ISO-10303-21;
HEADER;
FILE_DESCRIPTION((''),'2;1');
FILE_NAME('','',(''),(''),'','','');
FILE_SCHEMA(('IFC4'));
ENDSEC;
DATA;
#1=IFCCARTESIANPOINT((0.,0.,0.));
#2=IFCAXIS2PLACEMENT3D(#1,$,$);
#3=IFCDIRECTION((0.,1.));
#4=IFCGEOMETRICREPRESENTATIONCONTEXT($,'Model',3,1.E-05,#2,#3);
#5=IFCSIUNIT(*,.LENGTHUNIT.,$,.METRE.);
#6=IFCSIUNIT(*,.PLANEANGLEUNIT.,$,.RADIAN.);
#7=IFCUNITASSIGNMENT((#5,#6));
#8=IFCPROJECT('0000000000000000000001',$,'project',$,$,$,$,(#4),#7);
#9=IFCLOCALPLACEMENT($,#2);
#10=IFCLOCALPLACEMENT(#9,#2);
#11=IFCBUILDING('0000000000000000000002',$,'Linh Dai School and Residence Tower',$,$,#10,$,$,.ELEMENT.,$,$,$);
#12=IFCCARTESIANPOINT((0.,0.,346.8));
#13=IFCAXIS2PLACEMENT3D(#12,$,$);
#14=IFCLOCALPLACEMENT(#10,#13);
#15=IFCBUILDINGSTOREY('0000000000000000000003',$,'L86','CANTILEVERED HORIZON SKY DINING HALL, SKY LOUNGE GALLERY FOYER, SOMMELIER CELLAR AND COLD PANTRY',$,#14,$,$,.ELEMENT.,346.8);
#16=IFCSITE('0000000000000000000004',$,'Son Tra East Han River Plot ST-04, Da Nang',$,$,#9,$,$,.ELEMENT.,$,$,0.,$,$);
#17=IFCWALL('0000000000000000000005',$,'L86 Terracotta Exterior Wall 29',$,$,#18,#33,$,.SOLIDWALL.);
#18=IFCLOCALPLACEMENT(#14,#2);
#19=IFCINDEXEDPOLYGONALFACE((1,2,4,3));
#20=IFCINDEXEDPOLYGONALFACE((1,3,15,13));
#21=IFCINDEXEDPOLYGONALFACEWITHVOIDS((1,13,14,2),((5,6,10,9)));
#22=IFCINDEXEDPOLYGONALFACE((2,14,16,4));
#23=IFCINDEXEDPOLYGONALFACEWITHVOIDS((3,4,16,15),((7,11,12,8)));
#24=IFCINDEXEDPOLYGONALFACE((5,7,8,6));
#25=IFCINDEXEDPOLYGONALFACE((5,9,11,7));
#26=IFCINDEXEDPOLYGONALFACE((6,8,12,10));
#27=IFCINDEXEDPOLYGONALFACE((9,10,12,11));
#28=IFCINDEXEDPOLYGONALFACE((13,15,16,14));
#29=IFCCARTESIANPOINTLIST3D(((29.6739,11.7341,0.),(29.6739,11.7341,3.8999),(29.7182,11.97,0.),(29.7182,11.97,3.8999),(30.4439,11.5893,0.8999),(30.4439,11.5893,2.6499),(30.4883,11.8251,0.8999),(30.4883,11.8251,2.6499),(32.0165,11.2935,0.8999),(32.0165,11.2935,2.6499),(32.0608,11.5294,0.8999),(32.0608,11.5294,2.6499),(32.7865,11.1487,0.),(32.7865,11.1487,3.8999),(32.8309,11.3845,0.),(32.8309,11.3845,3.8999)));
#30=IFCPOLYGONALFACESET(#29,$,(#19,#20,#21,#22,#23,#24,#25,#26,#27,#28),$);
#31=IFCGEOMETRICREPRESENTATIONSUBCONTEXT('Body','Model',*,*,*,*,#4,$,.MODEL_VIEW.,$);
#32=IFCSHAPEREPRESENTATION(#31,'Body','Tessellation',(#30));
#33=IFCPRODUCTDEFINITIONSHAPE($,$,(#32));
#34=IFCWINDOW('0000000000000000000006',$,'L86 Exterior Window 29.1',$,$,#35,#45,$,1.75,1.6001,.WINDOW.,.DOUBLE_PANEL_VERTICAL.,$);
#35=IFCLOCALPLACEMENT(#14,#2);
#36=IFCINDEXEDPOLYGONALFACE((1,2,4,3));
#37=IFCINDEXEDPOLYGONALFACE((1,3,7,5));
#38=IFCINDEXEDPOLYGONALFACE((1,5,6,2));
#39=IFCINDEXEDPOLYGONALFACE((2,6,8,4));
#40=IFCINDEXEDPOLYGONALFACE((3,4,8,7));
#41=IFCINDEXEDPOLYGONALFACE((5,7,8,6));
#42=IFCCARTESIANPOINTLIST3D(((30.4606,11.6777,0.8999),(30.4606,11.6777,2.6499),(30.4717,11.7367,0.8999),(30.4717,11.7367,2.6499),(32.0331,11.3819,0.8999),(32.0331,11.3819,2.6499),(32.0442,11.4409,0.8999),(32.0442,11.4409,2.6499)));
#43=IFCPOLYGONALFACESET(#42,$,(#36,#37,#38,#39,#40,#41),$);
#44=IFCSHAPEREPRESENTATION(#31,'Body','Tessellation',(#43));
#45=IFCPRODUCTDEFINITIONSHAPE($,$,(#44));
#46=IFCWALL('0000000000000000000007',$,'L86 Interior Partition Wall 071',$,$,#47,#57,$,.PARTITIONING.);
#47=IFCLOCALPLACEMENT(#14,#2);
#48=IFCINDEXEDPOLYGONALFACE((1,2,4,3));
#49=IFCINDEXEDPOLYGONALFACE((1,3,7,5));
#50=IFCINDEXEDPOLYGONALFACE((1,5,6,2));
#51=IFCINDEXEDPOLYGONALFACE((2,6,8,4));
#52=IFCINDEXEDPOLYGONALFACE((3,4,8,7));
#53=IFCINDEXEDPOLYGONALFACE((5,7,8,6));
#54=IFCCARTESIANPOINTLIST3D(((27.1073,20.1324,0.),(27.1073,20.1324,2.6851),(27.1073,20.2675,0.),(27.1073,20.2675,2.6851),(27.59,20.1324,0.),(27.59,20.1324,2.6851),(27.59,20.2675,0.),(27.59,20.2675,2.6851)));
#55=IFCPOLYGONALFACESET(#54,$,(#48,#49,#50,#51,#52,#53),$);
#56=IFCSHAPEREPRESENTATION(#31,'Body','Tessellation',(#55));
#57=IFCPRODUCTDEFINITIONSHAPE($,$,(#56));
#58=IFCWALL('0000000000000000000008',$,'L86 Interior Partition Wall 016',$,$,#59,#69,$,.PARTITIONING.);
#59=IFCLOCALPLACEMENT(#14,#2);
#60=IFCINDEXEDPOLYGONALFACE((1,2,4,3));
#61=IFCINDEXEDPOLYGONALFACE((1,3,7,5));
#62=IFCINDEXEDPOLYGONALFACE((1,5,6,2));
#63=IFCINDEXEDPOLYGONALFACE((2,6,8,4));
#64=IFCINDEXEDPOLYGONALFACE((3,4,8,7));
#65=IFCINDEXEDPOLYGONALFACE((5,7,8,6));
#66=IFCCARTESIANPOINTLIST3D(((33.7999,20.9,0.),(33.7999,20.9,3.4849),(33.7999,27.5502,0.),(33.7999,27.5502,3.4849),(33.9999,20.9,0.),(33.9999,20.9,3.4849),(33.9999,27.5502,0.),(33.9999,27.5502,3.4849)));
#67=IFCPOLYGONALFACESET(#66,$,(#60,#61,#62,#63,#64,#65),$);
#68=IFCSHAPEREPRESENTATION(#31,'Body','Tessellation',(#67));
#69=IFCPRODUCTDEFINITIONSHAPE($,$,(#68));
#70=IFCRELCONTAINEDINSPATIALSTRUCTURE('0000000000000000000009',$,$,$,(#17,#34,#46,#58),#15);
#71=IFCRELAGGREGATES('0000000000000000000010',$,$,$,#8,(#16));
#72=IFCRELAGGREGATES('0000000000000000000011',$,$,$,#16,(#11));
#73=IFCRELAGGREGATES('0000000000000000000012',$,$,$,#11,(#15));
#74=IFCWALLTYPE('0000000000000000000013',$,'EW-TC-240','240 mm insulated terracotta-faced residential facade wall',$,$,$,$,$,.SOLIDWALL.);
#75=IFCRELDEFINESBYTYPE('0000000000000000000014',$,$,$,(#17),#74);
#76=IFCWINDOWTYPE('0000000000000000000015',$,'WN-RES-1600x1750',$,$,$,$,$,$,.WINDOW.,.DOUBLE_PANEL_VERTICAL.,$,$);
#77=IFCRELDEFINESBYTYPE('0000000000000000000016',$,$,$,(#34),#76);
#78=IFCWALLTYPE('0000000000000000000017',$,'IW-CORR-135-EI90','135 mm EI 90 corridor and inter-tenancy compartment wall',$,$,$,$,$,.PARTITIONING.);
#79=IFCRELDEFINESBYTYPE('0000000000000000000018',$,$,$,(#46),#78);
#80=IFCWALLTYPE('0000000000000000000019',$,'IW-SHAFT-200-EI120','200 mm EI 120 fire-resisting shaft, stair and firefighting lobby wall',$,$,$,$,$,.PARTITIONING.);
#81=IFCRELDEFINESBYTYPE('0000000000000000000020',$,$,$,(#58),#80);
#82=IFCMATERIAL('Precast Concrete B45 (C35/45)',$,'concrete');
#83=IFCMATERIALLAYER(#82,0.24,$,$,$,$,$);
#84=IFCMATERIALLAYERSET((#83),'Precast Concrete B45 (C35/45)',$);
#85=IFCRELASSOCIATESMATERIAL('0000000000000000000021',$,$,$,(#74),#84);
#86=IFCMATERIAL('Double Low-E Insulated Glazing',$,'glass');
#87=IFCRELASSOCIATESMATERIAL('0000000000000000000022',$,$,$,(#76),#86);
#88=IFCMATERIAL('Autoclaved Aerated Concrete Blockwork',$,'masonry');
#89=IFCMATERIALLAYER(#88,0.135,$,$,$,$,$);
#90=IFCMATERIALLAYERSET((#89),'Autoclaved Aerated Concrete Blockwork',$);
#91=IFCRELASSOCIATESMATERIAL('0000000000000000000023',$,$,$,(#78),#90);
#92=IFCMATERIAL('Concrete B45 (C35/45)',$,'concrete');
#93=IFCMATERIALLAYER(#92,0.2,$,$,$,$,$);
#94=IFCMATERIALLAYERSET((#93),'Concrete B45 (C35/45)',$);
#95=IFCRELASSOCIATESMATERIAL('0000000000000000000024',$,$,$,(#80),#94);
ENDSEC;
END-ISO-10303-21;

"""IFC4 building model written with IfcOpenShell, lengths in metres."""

from ifc_helpers import new_model, si_unit, direction, frame, frame_2d, origin, origin_2d, place, context, subcontext, project, spatial, rectangle, extrude, source, transform, mapped, material, layer, layer_set, type_object, element, fill, save


model = new_model("IFC4")

# Units and contexts
model_context = context("Model", 3, precision=1e-05, world=origin(), true_north=direction((0.0, 1.0)))
body_context = subcontext(model_context, "Body", "Model", "MODEL_VIEW")
ifc_project = project(units=[si_unit("LENGTHUNIT", "METRE"), si_unit("PLANEANGLEUNIT", "RADIAN")], contexts=[model_context])

# Site, building, storey
site_placement = place(None, origin())
site = spatial("IfcSite", under=ifc_project, at=site_placement, Name="Son Tra East Han River Plot ST-04, Da Nang", CompositionType="ELEMENT", RefElevation=0.0)
building_placement = place(site_placement, origin())
building = spatial("IfcBuilding", under=site, at=building_placement, Name="Linh Dai School and Residence Tower", CompositionType="ELEMENT")
storey_placement = place(building_placement, frame((0.0, 0.0, 346.8)))
storey = spatial("IfcBuildingStorey", under=building, at=storey_placement, Name="L86", Description="CANTILEVERED HORIZON SKY DINING HALL, SKY LOUNGE GALLERY FOYER, SOMMELIER CELLAR AND COLD PANTRY", CompositionType="ELEMENT", Elevation=346.8)

# Shared definitions
ifc_material_1 = material(Name="Concrete B45 (C35/45)", Category="concrete")

# Shared definitions
ifc_material_2 = material(Name="Double Low-E Insulated Glazing", Category="glass")

# Wall, opening, window
ifc_material_3 = material(Name="Precast Concrete B45 (C35/45)", Category="concrete")
ifc_layer_1 = layer(ifc_material_3, 0.24)
ifc_layer_set_1 = layer_set([ifc_layer_1], Name="Precast Concrete B45 (C35/45)")
wall_type_1 = type_object("IfcWallType", Name="EW-TC-240", Description="240 mm insulated terracotta-faced residential facade wall", PredefinedType="SOLIDWALL", material=ifc_layer_set_1)
window_type = type_object("IfcWindowType", Name="WN-RES-1600x1750", PartitioningType="DOUBLE_PANEL_VERTICAL", PredefinedType="WINDOW", material=ifc_material_2)
shared_shape_1 = source(origin(), body_context, "Body", "SweptSolid", [
    extrude(rectangle(XDim=1.6001, YDim=1.75, at=origin_2d()), frame((0.8, 0.03, 0.875), z_axis=(0.0, -1.0, 0.0), x_axis=(1.0, 0.0, 0.0)), (0.0, 0.0, 1.0), 0.0601),
])
wall_1_placement = place(storey_placement, frame((32.8086, 11.2666, 0.0), z_axis=(0.0, 0.0, 1.0), x_axis=(-0.982766, 0.184852, 0.0)))
wall_1 = element("IfcWall", 1, at=wall_1_placement, inside=storey, type_object=wall_type_1, Name="L86 Terracotta Exterior Wall 29", PredefinedType="SOLIDWALL", context=body_context, shape_type="SweptSolid", body=[
    extrude(rectangle(XDim=3.1672, YDim=0.24, at=frame_2d((1.5835, 0.0))), origin(), (0.0, 0.0, 1.0), 3.8999),
])
opening_1_placement = place(wall_1_placement, frame((0.7834, 0.0, 0.8999)))
opening_1 = element("IfcOpeningElement", 2, at=opening_1_placement, cuts=wall_1, PredefinedType="OPENING", context=body_context, shape_type="SweptSolid", body=[
    extrude(rectangle(XDim=1.6001, YDim=1.75, at=origin_2d()), frame((0.8, 0.1299, 0.875), z_axis=(0.0, -1.0, 0.0), x_axis=(1.0, 0.0, 0.0)), (0.0, 0.0, 1.0), 0.26),
])
window_1_placement = place(opening_1_placement, origin())
window_1 = element("IfcWindow", 3, at=window_1_placement, inside=storey, type_object=window_type, Name="L86 Exterior Window 29.1", OverallHeight=1.75, OverallWidth=1.6001, PartitioningType="DOUBLE_PANEL_VERTICAL", PredefinedType="WINDOW", context=body_context, shape_type="MappedRepresentation", body=[
    mapped(shared_shape_1, transform((0.0, 0.0, 0.0), x_axis=(1.0, 0.0, 0.0), y_axis=(0.0, 1.0, 0.0), z_axis=(0.0, 0.0, 1.0), scale=1.0)),
])
fill(opening_1, window_1)

# Shared definitions
ifc_material_4 = material(Name="Autoclaved Aerated Concrete Blockwork", Category="masonry")
ifc_layer_2 = layer(ifc_material_4, 0.135)
ifc_layer_set_2 = layer_set([ifc_layer_2], Name="Autoclaved Aerated Concrete Blockwork")
wall_type_2 = type_object("IfcWallType", Name="IW-CORR-135-EI90", Description="135 mm EI 90 corridor and inter-tenancy compartment wall", PredefinedType="PARTITIONING", material=ifc_layer_set_2)

# Walls
wall_2_placement = place(storey_placement, frame((27.1074, 20.2, 0.0), z_axis=(0.0, 0.0, 1.0), x_axis=(1.0, 0.0, 0.0)))
element("IfcWall", 4, at=wall_2_placement, inside=storey, type_object=wall_type_2, Name="L86 Interior Partition Wall 071", PredefinedType="PARTITIONING", context=body_context, shape_type="SweptSolid", body=[
    extrude(rectangle(XDim=0.4827, YDim=0.135, at=frame_2d((0.2412, 0.0))), origin(), (0.0, 0.0, 1.0), 2.6851),
])
ifc_layer_3 = layer(ifc_material_1, 0.2)
ifc_layer_set_3 = layer_set([ifc_layer_3], Name="Concrete B45 (C35/45)")
wall_type_3 = type_object("IfcWallType", Name="IW-SHAFT-200-EI120", Description="200 mm EI 120 fire-resisting shaft, stair and firefighting lobby wall", PredefinedType="PARTITIONING", material=ifc_layer_set_3)
wall_3_placement = place(storey_placement, frame((33.8999, 20.8999, 0.0), z_axis=(0.0, 0.0, 1.0), x_axis=(0.0, 1.0, 0.0)))
element("IfcWall", 5, at=wall_3_placement, inside=storey, type_object=wall_type_3, Name="L86 Interior Partition Wall 016", PredefinedType="PARTITIONING", context=body_context, shape_type="SweptSolid", body=[
    extrude(rectangle(XDim=6.6501, YDim=0.2, at=frame_2d((3.3252, 0.0))), origin(), (0.0, 0.0, 1.0), 3.4849),
])

save(model, "model.ifc")
